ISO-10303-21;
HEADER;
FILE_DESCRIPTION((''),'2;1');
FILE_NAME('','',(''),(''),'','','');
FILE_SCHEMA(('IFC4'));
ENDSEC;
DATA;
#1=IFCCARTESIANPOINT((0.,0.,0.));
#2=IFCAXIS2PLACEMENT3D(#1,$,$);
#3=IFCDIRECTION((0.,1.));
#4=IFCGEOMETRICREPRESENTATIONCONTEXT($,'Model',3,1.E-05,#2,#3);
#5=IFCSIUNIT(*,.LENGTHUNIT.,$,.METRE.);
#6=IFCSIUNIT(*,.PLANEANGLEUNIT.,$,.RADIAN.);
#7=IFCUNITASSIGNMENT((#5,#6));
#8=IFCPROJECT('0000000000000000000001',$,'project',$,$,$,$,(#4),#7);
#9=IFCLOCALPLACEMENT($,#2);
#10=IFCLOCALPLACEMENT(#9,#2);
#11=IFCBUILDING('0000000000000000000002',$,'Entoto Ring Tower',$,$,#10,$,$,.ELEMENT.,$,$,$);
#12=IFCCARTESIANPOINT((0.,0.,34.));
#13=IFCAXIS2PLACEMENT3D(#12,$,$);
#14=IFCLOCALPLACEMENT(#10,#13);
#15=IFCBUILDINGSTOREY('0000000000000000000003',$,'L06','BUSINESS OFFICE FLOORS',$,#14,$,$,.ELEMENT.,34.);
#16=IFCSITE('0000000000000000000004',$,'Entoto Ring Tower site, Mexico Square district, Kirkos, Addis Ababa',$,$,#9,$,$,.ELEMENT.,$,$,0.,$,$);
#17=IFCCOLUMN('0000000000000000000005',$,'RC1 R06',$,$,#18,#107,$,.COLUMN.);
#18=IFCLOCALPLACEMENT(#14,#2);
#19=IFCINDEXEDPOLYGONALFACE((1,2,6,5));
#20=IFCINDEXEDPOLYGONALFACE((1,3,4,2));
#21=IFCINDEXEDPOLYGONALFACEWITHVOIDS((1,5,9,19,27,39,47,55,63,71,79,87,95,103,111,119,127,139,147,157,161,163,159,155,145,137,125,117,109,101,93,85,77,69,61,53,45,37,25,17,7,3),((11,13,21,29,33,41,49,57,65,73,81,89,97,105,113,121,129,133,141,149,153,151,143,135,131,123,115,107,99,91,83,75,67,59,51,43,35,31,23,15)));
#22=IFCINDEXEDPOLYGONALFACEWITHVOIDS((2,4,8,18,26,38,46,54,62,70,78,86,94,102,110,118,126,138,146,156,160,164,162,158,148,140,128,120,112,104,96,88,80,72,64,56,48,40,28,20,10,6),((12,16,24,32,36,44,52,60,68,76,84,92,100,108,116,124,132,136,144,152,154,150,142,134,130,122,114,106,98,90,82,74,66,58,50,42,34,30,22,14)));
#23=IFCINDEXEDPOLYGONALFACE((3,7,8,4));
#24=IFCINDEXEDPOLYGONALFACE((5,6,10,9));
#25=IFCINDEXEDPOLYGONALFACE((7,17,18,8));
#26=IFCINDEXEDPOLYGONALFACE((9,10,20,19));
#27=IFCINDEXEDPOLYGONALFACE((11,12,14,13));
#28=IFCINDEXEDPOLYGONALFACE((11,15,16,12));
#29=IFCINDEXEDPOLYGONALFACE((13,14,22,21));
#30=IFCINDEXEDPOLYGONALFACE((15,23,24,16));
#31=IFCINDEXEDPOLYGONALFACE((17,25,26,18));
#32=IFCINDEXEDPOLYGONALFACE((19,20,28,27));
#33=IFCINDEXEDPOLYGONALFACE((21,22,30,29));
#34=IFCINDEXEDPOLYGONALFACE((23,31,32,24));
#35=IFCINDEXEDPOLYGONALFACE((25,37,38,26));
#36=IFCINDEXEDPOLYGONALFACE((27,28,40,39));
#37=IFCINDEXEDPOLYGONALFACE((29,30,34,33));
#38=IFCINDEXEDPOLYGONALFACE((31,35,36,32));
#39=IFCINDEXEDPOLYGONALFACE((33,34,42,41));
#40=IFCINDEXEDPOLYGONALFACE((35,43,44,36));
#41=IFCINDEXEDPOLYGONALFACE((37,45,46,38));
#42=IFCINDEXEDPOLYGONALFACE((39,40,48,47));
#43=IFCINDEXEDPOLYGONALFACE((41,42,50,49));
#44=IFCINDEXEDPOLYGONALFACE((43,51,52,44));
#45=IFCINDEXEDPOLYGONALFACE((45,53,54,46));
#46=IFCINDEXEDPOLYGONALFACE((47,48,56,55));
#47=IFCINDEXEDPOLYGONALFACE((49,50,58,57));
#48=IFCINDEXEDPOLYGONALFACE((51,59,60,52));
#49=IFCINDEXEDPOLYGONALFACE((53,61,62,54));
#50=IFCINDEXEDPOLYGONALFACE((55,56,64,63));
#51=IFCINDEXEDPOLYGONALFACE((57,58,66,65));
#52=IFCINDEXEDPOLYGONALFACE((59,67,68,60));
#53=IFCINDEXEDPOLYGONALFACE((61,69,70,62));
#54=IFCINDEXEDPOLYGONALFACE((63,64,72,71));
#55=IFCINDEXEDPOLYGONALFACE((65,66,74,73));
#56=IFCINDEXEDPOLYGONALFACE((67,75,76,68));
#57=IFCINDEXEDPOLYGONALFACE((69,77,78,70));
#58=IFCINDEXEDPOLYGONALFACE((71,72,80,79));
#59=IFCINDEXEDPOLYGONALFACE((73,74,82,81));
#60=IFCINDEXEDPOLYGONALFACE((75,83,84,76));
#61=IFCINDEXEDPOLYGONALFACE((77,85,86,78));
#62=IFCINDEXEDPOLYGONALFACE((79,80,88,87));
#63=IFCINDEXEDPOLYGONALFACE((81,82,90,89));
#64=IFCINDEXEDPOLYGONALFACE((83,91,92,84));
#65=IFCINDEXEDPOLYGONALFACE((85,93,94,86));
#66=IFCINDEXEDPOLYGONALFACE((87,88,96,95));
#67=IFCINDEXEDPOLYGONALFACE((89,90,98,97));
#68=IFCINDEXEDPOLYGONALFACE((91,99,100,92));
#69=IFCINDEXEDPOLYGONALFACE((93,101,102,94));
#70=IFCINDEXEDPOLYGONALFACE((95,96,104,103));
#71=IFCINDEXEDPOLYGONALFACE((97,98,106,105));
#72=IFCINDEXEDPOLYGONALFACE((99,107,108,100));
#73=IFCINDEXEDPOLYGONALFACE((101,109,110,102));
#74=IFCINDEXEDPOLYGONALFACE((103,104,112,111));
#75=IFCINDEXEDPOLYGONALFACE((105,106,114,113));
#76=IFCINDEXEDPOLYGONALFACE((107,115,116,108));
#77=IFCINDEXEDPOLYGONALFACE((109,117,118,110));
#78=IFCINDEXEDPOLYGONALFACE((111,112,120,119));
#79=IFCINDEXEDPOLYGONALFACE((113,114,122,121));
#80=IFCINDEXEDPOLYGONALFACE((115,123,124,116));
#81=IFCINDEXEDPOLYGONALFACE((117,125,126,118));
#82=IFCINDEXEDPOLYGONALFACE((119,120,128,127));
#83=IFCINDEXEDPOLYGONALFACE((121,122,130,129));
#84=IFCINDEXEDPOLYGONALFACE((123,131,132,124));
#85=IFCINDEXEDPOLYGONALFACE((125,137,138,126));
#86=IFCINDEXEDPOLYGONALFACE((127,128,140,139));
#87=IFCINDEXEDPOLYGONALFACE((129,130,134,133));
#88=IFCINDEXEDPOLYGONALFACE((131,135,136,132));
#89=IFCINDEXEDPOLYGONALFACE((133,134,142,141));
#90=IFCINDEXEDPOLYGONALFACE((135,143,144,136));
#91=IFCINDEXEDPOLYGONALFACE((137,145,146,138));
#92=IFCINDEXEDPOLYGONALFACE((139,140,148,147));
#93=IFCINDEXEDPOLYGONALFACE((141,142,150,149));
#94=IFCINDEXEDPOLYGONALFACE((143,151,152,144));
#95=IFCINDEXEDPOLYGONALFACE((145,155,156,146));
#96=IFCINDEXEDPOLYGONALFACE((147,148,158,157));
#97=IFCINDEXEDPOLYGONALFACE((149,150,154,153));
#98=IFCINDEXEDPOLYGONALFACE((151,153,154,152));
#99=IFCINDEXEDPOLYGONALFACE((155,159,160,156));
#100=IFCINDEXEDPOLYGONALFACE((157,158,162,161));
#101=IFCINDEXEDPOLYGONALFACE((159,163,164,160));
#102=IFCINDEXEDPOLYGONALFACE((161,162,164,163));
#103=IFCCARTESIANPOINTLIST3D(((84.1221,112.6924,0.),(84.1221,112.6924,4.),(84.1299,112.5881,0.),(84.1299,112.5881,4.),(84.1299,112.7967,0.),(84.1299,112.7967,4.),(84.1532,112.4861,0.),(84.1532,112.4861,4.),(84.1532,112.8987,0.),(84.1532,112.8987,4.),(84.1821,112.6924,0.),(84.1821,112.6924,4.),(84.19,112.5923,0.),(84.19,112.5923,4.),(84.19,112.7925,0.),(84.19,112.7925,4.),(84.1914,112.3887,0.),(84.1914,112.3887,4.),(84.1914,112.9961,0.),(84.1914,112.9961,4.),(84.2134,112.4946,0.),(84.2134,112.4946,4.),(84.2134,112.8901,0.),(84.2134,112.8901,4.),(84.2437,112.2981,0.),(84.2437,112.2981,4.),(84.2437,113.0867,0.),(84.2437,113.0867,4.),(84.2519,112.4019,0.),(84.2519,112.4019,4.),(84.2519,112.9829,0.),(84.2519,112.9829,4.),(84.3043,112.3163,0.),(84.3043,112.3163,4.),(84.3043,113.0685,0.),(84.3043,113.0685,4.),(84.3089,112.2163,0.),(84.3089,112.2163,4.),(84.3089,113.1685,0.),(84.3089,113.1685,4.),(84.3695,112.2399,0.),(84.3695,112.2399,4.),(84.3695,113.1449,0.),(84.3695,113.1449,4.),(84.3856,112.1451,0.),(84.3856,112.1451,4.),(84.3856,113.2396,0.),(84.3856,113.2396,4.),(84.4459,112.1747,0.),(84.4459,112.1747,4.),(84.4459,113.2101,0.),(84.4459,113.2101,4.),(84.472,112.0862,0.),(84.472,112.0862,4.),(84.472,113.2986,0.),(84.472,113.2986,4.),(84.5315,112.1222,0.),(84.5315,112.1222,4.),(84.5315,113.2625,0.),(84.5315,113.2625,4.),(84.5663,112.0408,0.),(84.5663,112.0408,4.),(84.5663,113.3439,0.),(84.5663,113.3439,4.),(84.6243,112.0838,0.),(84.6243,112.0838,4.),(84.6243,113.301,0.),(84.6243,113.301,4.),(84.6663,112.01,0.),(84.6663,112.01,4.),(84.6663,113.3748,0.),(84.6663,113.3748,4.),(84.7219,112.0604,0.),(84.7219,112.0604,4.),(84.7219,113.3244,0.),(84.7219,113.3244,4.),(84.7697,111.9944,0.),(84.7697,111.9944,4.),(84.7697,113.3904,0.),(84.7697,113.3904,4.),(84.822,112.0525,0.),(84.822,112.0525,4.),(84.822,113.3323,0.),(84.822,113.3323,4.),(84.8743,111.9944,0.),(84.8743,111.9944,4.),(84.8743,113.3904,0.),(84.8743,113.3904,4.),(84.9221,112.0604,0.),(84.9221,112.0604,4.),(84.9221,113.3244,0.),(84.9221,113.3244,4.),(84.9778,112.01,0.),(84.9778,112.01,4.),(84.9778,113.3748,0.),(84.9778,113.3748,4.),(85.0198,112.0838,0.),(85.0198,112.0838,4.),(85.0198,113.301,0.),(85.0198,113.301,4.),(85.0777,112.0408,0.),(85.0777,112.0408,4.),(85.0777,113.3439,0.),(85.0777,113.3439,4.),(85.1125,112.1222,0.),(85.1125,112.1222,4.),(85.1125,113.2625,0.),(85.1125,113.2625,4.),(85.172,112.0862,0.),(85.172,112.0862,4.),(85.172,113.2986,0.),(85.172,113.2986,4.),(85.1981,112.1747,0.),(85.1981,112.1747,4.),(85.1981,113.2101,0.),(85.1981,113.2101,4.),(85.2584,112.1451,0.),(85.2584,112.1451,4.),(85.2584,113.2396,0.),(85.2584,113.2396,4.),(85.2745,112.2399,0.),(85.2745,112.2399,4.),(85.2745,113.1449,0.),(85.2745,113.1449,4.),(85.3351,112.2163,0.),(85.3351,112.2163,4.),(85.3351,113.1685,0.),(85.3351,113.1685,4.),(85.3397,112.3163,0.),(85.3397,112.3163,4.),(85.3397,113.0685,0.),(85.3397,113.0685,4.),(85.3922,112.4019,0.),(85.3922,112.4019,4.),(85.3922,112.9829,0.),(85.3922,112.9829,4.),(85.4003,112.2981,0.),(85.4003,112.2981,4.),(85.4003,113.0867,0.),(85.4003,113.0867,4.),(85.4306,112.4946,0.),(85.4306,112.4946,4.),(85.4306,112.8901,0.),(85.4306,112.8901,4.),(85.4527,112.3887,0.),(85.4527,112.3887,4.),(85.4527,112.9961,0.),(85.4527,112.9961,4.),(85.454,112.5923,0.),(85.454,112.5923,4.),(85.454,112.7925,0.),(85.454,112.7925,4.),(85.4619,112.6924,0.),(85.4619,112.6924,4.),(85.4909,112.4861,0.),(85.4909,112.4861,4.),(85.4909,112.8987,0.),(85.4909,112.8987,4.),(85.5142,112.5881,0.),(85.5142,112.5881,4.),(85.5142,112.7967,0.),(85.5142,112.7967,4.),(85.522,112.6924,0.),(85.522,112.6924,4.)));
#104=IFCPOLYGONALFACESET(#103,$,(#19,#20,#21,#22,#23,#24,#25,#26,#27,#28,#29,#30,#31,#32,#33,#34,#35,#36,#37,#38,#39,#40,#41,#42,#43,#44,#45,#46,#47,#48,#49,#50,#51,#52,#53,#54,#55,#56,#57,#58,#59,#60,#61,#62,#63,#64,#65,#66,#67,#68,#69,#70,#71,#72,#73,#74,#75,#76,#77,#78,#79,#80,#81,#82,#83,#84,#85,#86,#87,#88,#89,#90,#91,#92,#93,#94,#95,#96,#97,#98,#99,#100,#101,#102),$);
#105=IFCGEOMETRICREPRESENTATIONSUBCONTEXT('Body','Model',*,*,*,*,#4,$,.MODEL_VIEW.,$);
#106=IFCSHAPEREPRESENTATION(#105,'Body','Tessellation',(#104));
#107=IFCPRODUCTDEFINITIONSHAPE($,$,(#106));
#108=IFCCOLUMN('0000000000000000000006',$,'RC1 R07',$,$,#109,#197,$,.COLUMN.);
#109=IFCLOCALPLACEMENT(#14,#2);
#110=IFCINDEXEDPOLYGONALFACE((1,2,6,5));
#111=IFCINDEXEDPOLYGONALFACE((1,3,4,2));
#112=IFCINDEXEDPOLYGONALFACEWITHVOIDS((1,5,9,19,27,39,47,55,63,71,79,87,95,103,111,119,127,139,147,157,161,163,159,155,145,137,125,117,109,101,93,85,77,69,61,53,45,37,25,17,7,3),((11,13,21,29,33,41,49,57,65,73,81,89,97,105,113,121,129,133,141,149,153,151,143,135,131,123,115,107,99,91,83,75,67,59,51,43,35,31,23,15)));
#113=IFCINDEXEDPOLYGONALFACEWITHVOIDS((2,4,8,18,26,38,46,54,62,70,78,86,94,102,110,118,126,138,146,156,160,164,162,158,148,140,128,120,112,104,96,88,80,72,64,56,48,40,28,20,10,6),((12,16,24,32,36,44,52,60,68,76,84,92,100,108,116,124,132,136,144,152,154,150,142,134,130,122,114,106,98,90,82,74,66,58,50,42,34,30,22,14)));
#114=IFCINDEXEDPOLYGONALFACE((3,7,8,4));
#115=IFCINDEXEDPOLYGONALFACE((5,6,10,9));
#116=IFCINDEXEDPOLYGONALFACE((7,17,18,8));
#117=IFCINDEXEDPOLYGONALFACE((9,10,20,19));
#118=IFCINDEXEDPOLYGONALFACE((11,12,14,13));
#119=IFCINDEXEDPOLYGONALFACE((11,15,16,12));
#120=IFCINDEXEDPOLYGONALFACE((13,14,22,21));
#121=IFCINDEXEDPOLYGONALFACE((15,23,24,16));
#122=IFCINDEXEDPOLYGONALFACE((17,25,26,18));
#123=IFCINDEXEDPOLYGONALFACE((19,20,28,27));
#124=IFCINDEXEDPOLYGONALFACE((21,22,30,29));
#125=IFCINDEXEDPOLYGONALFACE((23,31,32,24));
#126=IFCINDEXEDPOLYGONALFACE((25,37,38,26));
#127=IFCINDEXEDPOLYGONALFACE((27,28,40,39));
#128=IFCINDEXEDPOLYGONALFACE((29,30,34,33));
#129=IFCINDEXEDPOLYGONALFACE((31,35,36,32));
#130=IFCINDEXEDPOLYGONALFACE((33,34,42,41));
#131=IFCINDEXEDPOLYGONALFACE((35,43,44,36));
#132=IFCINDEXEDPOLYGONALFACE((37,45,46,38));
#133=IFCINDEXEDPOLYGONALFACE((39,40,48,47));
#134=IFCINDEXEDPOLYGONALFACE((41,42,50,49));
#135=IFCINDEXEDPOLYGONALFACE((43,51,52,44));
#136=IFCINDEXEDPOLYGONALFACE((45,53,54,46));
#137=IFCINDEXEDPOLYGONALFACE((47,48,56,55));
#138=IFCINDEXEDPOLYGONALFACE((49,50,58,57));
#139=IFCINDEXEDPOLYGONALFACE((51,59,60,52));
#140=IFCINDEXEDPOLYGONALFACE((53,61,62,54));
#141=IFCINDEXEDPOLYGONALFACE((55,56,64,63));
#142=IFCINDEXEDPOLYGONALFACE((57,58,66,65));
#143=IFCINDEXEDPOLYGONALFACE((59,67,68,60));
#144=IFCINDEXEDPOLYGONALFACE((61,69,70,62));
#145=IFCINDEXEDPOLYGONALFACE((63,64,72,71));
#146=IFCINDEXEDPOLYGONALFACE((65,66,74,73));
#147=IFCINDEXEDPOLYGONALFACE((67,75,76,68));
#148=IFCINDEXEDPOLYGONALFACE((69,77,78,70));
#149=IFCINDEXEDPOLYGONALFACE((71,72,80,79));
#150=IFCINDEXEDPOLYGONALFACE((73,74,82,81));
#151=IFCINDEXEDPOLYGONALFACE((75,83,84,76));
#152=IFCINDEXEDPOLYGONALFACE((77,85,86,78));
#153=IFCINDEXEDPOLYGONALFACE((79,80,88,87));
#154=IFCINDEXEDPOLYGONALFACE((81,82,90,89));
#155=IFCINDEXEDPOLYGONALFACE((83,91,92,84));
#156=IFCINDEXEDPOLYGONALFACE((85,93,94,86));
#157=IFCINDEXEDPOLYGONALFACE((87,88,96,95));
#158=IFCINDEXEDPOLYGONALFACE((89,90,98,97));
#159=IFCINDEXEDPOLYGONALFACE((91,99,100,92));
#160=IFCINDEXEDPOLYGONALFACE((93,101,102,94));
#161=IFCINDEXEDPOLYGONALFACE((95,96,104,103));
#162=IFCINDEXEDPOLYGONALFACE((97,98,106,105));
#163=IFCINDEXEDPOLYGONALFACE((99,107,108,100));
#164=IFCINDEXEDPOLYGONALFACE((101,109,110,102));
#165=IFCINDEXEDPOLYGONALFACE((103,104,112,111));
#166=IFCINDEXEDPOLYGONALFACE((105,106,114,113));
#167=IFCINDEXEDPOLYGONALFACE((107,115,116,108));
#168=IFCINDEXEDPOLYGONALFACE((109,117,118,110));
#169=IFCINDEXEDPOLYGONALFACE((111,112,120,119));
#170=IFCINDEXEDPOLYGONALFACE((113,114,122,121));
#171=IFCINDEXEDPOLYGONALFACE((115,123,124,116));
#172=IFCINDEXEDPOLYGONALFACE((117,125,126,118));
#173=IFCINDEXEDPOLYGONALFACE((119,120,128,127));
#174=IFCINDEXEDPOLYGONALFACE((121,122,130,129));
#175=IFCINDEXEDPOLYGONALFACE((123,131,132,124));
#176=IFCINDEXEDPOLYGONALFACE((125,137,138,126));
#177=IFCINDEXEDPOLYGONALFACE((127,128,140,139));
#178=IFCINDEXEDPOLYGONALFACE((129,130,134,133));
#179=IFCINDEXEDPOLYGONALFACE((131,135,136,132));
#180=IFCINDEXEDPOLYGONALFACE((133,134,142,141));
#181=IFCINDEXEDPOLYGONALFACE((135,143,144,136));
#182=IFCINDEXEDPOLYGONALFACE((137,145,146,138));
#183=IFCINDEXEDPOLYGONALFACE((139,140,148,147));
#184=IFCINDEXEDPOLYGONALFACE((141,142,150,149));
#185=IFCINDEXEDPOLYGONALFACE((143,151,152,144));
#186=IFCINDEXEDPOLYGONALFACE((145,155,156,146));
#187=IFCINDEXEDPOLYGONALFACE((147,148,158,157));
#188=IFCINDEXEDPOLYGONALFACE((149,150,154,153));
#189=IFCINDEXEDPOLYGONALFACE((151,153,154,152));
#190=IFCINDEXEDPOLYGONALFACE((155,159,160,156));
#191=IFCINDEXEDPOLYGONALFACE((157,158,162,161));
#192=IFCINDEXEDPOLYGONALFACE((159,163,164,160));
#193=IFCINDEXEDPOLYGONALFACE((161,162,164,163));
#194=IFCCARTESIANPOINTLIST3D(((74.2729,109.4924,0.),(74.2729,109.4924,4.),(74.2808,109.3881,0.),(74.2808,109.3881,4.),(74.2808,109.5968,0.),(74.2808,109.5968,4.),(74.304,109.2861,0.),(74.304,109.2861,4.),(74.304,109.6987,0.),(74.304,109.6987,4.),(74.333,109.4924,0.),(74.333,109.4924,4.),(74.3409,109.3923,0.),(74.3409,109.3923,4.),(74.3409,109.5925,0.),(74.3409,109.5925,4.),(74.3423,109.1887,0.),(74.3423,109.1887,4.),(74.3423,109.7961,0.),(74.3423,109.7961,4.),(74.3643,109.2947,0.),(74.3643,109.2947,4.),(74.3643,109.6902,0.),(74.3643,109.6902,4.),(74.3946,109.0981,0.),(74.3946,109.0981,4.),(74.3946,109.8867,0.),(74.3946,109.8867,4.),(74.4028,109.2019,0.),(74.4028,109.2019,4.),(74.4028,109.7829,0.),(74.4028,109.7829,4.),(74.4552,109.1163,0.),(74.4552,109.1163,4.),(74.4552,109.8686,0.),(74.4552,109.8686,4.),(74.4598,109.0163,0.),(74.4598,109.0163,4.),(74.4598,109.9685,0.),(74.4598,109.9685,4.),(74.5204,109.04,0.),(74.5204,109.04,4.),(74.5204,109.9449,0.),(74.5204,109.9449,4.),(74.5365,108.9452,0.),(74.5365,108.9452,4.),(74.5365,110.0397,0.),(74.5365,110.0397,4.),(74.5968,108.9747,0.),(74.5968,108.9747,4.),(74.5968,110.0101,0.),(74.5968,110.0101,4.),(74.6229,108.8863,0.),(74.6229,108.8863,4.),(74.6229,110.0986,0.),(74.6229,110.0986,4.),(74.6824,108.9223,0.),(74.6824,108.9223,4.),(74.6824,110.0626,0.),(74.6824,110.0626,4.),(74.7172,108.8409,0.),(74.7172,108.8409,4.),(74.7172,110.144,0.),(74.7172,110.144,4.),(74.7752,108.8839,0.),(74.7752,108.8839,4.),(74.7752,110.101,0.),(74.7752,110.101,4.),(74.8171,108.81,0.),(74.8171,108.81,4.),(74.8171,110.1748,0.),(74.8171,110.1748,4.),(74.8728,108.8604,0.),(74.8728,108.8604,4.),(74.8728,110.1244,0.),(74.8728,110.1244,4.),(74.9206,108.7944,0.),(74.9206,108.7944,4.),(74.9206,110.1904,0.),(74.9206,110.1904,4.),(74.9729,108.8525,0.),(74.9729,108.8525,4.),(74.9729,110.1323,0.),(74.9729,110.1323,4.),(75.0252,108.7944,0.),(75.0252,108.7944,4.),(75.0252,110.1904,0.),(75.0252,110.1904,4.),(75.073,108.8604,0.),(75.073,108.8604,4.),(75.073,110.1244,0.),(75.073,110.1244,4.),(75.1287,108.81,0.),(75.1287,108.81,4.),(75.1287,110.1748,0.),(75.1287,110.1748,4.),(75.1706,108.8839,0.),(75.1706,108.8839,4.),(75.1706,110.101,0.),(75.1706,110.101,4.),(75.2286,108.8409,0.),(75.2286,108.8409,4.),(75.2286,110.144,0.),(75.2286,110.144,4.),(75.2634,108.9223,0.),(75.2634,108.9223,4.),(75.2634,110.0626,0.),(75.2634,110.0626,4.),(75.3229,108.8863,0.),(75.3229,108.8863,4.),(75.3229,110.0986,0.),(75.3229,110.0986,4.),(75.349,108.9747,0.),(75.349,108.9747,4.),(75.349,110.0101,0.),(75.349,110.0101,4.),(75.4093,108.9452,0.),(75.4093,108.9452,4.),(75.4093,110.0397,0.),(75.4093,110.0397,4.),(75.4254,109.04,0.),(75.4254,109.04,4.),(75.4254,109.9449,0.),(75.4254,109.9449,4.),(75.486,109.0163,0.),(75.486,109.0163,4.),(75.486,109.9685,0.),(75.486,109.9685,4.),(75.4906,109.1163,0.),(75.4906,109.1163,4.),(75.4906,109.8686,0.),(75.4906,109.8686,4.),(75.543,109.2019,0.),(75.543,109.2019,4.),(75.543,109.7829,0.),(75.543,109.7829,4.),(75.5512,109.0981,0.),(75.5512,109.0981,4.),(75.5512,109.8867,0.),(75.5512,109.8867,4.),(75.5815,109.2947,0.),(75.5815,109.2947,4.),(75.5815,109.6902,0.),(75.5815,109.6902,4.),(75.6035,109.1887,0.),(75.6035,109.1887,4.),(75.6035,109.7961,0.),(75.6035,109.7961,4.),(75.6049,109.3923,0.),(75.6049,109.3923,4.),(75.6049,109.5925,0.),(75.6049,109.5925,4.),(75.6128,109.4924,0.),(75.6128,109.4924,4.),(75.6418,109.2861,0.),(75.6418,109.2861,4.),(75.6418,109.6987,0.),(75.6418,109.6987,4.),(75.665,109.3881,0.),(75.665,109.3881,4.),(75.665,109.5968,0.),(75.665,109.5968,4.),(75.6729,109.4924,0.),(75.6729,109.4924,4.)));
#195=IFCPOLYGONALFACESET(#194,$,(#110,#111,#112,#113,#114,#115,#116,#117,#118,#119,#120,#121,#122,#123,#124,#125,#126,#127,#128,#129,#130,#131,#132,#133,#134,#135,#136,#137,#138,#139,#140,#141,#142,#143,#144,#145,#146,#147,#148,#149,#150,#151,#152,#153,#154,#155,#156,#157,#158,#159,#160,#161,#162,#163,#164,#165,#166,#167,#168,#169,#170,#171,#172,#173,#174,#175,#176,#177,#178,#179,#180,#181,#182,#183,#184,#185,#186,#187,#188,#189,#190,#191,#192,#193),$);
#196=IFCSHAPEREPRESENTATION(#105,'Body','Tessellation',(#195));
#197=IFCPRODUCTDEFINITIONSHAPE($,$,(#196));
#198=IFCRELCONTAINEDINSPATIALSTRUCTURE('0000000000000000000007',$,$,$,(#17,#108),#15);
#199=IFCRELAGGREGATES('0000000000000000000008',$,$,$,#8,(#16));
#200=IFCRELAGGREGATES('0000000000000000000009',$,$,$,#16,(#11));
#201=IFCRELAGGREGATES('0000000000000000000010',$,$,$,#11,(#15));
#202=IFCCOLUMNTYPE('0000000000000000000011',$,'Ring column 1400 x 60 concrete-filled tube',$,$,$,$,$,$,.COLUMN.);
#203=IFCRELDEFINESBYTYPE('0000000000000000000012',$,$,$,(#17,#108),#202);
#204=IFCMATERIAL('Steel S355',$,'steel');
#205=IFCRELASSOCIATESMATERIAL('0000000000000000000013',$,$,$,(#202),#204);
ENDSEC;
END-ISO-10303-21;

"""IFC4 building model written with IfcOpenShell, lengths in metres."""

from ifc_helpers import new_model, si_unit, direction, frame, origin, origin_2d, place, context, subcontext, project, spatial, circle, hollow_circle, extrude, material, material_profile, profile_set, type_object, element, save


model = new_model("IFC4")

# Units and contexts
model_context = context("Model", 3, precision=1e-05, world=origin(), true_north=direction((0.0, 1.0)))
body_context = subcontext(model_context, "Body", "Model", "MODEL_VIEW")
ifc_project = project(units=[si_unit("LENGTHUNIT", "METRE"), si_unit("PLANEANGLEUNIT", "RADIAN")], contexts=[model_context])

# Site, building, storey
site_placement = place(None, origin())
site = spatial("IfcSite", under=ifc_project, at=site_placement, Name="Entoto Ring Tower site, Mexico Square district, Kirkos, Addis Ababa", CompositionType="ELEMENT", RefElevation=0.0)
building_placement = place(site_placement, origin())
building = spatial("IfcBuilding", under=site, at=building_placement, Name="Entoto Ring Tower", CompositionType="ELEMENT")
storey_placement = place(building_placement, frame((0.0, 0.0, 34.0)))
storey = spatial("IfcBuildingStorey", under=building, at=storey_placement, Name="L06", Description="BUSINESS OFFICE FLOORS", CompositionType="ELEMENT", Elevation=34.0)

# Columns
ifc_material_1 = material(Name="Steel S355", Category="steel")
ifc_material_profile_1 = material_profile(ifc_material_1, hollow_circle(Radius=0.7, WallThickness=0.0601, at=origin_2d()), Name="CHS 1400 x 60")
ifc_material_2 = material(Name="Concrete C60/75", Category="concrete")
ifc_material_profile_2 = material_profile(ifc_material_2, circle(Radius=0.6399, at=origin_2d()), Name="Concrete C60/75 infill")
ifc_profile_set_1 = profile_set([ifc_material_profile_1, ifc_material_profile_2], Name="Steel S355")
column_type = type_object("IfcColumnType", Name="Ring column 1400 x 60 concrete-filled tube", PredefinedType="COLUMN", material=ifc_profile_set_1)
for number, where, z_axis, x_axis, name in (
    (1, (84.822, 112.6924, 0.0), (0.0, 0.0, 1.0), (1.0, 0.0, 0.0), "RC1 R06"),
    (2, (74.9729, 109.4924, 0.0), (0.0, 0.0, 1.0), (1.0, 0.0, 0.0), "RC1 R07"),
):
    element("IfcColumn", number, at=place(storey_placement, frame(where, z_axis=z_axis, x_axis=x_axis)), inside=storey, type_object=column_type, Name=name, PredefinedType="COLUMN", context=body_context, shape_type="SweptSolid", body=[
        extrude(hollow_circle(Radius=0.7, WallThickness=0.0601, at=origin_2d()), origin(), (0.0, 0.0, 1.0), 4.0),
    ])

save(model, "model.ifc")
